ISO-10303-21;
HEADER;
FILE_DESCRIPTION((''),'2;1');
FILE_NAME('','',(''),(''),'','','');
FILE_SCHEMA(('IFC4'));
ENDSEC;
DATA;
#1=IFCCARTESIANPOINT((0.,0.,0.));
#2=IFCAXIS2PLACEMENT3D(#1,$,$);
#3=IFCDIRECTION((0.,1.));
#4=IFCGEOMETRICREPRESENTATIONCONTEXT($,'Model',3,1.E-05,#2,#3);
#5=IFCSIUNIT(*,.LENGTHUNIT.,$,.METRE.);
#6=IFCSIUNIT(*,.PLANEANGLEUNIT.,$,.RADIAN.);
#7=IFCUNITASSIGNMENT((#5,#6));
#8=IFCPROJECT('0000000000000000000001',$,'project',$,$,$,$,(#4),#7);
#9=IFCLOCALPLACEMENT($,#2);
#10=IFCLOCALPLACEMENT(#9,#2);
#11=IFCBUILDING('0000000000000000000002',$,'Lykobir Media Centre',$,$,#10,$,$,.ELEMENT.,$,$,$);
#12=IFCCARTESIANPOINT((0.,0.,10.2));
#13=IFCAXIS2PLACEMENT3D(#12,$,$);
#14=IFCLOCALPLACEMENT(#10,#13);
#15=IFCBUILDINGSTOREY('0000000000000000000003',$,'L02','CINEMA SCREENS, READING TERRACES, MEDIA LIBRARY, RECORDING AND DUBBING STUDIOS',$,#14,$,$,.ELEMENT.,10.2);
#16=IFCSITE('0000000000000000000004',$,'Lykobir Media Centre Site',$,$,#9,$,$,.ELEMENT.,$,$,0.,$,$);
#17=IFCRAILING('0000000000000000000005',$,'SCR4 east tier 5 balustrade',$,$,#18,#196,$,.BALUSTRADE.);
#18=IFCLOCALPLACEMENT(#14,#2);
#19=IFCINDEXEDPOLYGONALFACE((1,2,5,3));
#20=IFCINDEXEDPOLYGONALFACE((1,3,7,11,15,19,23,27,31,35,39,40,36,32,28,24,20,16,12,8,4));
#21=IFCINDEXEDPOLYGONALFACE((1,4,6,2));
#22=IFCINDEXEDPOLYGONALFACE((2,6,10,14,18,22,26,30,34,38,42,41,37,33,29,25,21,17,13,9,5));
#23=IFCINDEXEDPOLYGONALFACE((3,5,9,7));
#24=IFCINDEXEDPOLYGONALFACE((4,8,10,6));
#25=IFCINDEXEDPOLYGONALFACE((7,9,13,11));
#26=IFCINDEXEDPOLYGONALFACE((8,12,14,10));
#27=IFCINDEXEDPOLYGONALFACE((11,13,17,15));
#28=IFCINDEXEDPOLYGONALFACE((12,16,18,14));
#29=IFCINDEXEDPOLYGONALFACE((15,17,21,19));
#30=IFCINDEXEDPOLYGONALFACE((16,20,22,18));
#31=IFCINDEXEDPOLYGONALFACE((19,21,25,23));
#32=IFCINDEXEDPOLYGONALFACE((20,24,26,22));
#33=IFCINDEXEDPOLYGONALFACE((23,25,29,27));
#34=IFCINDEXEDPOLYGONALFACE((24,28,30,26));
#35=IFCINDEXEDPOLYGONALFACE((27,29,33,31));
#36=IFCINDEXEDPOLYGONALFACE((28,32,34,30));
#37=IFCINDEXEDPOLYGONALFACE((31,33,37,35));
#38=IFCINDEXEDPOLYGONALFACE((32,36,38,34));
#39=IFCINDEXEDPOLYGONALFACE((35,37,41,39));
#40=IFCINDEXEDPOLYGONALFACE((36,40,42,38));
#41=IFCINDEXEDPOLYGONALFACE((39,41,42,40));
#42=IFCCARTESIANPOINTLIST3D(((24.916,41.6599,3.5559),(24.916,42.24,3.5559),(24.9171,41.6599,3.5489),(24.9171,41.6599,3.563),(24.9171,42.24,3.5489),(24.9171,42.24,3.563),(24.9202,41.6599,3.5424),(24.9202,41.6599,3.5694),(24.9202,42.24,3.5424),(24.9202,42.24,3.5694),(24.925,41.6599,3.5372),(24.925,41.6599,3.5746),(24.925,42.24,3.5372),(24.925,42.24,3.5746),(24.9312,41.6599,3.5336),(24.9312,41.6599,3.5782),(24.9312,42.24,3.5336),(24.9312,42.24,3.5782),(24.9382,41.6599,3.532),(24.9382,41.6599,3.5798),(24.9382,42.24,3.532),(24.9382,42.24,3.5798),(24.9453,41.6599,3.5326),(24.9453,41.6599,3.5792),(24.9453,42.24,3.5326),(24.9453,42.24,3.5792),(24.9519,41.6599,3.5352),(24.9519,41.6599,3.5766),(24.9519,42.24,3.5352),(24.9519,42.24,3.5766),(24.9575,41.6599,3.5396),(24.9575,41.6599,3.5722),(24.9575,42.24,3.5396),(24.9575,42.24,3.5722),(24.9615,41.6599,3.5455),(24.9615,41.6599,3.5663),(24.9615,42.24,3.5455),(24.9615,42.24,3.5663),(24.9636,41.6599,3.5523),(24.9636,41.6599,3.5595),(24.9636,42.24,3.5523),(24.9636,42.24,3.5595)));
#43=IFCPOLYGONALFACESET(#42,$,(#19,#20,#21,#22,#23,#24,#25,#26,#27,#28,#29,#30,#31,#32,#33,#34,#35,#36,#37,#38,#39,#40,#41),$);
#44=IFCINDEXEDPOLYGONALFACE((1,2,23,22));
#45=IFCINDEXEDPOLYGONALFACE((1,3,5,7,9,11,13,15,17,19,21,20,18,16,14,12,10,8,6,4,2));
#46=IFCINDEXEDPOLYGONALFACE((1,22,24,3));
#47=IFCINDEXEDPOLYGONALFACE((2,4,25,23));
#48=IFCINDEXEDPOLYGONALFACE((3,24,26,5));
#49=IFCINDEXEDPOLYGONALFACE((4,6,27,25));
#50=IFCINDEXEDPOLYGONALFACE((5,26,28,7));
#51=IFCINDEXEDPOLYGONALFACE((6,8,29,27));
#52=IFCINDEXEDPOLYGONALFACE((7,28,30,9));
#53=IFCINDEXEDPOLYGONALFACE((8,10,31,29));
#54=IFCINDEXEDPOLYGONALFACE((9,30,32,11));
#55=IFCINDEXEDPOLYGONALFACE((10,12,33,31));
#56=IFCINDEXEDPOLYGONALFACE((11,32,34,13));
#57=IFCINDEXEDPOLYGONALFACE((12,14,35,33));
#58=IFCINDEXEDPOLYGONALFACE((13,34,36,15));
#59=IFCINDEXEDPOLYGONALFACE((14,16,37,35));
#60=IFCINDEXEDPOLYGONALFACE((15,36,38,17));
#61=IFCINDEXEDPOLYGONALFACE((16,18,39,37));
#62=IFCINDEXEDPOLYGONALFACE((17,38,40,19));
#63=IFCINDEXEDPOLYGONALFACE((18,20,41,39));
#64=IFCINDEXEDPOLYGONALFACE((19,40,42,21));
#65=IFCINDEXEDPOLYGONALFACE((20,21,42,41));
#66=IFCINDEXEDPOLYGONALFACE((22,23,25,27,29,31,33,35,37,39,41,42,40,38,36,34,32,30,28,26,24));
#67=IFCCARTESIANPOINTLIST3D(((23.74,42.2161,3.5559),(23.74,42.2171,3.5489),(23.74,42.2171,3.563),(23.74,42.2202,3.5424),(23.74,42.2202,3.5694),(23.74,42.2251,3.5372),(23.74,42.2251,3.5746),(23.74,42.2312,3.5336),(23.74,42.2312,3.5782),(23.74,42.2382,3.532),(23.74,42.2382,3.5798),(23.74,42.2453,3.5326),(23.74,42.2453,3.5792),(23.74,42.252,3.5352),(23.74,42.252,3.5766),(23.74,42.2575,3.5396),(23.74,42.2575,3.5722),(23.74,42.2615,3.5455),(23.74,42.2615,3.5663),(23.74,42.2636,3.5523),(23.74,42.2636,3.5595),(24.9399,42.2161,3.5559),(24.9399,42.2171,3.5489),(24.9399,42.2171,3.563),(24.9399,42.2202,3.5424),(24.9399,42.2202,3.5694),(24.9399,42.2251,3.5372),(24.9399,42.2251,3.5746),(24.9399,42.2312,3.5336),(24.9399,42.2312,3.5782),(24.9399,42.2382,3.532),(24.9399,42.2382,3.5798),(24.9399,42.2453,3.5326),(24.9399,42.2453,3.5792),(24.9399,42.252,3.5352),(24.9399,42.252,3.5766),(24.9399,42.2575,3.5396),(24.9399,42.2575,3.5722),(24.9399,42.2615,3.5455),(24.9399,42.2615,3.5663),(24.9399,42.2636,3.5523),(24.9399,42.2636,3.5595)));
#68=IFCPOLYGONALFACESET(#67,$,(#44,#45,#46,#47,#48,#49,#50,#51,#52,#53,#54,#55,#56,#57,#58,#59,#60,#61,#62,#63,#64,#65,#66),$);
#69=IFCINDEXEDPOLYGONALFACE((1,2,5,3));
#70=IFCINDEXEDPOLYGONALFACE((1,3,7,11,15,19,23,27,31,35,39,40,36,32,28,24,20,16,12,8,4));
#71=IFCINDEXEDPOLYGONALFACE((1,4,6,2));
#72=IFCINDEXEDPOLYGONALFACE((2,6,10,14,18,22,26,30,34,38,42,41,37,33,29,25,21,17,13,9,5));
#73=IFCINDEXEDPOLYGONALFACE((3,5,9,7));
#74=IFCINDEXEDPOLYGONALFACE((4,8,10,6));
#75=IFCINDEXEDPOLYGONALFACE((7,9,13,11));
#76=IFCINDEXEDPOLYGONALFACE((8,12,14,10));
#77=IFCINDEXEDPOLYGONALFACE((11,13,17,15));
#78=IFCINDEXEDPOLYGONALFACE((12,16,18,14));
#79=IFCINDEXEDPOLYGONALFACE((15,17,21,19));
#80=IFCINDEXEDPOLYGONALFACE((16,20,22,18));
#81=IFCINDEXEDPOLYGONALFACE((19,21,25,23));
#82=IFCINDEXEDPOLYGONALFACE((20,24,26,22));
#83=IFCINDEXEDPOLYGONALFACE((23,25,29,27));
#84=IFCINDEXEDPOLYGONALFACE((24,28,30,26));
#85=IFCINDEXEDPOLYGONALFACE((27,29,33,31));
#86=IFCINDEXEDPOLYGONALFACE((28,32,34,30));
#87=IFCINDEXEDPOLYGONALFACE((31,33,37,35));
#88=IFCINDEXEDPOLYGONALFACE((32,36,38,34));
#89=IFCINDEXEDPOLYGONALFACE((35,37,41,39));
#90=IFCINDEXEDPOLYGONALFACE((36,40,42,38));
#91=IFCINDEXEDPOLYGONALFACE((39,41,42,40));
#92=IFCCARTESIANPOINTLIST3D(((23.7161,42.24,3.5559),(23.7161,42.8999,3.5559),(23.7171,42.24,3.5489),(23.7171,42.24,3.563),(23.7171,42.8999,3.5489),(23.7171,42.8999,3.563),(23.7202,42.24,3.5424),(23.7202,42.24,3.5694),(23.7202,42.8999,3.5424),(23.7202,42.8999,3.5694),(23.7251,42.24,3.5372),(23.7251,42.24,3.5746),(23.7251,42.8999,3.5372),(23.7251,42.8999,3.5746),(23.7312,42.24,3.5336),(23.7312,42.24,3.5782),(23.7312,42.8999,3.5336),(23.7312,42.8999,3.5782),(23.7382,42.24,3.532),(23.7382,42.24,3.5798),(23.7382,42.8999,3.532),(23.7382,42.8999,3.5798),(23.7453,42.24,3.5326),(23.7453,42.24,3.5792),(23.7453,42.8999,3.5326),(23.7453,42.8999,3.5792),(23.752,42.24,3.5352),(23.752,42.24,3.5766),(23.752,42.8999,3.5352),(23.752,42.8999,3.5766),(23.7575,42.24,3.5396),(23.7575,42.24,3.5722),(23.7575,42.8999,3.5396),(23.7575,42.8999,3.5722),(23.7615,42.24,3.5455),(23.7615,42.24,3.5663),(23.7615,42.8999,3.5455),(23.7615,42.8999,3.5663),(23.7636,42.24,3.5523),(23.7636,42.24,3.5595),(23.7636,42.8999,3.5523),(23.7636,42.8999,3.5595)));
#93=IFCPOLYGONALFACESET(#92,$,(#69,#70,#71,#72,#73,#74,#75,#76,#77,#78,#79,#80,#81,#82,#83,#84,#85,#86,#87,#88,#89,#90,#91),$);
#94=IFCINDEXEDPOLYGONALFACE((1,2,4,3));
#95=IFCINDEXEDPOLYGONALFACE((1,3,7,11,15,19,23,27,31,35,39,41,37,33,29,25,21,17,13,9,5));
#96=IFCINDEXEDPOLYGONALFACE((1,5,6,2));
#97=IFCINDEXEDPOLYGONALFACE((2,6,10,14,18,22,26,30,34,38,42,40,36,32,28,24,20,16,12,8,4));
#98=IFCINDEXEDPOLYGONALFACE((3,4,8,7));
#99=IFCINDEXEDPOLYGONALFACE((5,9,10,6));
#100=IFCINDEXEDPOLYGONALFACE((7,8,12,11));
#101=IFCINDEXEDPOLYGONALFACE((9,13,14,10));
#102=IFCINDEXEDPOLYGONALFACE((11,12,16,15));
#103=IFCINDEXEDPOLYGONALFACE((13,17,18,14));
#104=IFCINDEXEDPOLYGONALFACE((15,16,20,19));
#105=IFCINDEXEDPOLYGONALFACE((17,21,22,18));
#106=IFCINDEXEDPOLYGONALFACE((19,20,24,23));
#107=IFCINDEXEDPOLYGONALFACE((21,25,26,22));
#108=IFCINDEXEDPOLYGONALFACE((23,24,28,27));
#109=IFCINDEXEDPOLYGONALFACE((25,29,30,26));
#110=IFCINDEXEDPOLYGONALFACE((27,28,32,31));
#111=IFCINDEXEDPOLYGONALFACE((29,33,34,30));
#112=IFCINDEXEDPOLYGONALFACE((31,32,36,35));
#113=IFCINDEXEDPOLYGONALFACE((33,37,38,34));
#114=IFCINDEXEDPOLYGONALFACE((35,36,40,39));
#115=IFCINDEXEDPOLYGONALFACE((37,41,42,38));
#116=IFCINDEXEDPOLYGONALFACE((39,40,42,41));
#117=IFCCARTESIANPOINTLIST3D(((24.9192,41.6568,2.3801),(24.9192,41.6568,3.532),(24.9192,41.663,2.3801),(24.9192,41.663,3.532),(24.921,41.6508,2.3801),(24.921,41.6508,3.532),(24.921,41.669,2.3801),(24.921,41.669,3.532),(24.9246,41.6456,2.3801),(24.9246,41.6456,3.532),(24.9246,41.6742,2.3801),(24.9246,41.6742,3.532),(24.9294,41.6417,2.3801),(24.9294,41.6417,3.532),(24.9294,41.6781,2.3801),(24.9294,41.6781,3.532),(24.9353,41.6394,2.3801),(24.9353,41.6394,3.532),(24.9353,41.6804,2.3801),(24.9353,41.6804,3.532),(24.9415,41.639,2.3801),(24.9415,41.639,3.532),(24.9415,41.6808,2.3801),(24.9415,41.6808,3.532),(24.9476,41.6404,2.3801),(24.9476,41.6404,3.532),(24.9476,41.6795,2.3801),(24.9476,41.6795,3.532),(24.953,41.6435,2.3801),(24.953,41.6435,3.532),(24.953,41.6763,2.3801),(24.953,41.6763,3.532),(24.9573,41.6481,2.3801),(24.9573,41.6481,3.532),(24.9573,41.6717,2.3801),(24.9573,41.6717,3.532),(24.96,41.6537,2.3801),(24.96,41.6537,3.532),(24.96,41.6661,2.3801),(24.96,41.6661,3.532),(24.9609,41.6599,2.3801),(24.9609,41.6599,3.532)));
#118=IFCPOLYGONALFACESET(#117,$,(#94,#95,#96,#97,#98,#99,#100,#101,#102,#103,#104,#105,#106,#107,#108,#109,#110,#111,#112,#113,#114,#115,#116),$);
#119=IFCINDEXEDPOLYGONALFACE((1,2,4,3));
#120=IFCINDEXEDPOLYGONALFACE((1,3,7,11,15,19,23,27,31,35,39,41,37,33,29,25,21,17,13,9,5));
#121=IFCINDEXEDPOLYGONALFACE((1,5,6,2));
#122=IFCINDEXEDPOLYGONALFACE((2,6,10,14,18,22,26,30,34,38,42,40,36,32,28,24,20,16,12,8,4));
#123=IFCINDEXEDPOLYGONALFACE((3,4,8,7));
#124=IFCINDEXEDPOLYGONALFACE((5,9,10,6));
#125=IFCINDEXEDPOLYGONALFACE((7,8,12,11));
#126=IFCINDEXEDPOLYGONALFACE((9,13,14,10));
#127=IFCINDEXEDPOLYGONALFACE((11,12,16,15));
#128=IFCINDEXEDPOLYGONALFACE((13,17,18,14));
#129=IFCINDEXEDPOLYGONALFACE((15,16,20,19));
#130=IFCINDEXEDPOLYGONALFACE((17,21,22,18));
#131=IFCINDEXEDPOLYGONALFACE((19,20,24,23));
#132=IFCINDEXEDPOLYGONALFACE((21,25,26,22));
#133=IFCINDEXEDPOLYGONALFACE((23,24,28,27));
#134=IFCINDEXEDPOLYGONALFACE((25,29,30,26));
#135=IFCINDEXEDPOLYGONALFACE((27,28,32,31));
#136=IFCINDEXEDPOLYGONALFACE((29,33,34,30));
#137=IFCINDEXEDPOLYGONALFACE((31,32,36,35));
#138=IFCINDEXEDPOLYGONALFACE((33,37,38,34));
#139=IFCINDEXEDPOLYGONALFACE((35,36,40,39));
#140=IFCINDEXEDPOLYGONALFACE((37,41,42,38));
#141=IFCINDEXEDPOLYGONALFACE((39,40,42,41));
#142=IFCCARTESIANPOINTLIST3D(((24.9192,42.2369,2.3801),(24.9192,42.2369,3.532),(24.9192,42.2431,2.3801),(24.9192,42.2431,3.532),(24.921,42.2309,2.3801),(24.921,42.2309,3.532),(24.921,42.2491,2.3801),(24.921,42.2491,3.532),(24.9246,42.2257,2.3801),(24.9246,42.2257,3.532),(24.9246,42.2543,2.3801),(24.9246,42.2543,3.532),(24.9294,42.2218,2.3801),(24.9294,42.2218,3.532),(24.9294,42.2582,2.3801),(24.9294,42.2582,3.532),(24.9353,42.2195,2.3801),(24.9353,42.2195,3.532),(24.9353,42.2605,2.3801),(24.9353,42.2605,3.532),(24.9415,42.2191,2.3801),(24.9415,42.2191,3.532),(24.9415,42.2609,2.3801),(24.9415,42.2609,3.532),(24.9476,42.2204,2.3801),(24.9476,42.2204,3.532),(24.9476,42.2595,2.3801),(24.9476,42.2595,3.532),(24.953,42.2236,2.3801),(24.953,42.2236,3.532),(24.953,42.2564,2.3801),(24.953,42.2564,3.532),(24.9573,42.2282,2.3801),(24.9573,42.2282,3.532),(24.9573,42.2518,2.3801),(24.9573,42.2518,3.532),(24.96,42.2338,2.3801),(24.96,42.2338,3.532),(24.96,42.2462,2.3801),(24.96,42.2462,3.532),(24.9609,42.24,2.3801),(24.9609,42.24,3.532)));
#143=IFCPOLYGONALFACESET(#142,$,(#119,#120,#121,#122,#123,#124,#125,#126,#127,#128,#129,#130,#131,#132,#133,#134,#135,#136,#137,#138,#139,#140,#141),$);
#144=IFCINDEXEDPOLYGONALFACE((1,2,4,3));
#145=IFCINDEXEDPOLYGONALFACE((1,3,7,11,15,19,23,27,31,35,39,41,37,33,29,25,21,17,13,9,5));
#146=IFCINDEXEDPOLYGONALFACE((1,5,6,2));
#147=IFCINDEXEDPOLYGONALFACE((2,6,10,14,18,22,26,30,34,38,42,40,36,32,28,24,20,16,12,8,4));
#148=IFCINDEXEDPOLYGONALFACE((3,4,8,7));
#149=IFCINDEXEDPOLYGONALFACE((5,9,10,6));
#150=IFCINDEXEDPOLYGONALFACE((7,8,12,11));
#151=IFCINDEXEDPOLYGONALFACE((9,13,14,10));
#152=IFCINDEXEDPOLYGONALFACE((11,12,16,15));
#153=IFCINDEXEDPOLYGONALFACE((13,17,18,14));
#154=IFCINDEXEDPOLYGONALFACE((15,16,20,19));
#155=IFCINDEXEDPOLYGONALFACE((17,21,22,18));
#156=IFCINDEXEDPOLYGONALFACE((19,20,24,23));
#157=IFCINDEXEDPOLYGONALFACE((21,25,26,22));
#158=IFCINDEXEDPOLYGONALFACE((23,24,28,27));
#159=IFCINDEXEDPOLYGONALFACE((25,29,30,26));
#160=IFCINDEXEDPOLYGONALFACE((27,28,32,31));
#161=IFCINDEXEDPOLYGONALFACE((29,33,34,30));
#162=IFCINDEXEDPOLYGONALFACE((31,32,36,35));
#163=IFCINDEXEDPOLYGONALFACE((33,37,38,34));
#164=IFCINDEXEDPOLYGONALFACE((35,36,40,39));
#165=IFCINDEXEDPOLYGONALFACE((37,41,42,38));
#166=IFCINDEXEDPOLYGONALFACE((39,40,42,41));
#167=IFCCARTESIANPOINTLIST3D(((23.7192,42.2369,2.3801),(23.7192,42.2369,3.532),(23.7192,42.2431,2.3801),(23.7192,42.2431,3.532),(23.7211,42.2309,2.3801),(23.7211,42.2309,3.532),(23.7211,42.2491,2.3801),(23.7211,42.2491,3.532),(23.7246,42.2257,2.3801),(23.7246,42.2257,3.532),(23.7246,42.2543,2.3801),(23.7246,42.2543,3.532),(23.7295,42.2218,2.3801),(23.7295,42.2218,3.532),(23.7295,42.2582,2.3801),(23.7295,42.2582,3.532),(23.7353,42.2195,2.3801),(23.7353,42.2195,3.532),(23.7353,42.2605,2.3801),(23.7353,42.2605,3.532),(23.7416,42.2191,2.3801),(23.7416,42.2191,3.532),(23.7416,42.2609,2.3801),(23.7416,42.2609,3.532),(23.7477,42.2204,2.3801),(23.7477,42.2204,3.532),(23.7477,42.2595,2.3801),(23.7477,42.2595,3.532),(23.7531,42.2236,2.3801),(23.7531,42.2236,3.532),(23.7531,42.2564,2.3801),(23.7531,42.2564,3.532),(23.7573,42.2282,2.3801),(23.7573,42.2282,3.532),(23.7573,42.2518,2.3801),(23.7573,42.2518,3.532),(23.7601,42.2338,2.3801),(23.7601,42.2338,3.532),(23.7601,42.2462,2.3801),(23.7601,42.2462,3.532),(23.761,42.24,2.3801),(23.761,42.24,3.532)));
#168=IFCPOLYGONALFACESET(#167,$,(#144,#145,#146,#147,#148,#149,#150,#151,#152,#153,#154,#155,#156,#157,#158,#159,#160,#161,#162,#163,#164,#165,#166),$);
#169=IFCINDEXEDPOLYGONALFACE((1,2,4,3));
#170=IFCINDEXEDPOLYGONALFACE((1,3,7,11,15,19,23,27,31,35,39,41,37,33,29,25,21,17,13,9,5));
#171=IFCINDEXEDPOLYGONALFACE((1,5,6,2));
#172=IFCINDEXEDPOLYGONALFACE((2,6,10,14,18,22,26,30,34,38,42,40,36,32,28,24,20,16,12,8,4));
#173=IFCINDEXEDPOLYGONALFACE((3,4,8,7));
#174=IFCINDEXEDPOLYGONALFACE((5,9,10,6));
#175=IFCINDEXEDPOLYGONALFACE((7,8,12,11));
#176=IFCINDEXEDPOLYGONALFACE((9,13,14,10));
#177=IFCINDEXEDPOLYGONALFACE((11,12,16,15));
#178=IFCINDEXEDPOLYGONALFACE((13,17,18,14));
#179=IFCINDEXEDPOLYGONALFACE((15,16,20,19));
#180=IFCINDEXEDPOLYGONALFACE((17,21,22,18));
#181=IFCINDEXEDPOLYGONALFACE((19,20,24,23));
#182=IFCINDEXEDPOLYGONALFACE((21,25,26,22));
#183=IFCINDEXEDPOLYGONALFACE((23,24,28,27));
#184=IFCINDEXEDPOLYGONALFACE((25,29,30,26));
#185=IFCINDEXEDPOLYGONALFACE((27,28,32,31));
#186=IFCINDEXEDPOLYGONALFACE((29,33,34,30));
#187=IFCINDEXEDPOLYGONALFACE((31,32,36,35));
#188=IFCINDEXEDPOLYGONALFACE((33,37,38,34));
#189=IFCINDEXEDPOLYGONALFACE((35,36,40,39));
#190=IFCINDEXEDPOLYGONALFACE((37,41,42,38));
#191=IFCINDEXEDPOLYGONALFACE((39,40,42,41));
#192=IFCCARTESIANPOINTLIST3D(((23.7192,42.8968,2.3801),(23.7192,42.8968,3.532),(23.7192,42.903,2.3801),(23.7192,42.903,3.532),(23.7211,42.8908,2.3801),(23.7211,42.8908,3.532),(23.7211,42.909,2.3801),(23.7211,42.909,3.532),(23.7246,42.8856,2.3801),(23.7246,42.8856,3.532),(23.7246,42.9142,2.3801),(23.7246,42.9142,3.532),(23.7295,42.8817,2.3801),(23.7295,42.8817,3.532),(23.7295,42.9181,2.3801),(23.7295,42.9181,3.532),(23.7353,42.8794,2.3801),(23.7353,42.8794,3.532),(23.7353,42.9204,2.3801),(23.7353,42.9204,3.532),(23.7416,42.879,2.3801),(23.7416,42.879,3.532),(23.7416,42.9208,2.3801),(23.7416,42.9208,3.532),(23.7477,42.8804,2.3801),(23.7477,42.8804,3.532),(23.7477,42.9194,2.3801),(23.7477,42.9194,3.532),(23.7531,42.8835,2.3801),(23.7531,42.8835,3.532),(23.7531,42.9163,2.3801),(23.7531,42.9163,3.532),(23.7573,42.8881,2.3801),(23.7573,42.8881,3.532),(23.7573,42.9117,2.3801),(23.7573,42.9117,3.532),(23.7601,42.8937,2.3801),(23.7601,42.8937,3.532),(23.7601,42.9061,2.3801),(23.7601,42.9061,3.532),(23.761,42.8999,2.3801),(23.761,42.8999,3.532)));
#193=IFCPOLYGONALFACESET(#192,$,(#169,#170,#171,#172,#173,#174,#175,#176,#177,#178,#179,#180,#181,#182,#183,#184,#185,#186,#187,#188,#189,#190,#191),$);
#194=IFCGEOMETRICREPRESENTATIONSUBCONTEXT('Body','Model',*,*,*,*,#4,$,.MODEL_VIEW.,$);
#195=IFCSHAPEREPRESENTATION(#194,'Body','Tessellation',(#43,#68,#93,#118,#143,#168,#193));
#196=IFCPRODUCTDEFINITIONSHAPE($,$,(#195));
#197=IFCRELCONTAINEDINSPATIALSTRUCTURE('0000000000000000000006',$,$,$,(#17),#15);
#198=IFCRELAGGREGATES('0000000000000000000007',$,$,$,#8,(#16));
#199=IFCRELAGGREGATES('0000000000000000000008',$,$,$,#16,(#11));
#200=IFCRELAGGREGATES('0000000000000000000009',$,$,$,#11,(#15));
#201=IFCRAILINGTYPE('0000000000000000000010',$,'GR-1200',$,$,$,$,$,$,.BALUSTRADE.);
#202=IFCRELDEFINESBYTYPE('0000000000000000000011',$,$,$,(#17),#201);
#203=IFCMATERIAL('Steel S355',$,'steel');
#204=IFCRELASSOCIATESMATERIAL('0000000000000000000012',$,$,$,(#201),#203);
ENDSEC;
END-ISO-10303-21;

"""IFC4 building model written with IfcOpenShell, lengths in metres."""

from ifc_helpers import new_model, si_unit, direction, frame, origin, origin_2d, place, context, subcontext, project, spatial, circle, extrude, material, type_object, element, save


model = new_model("IFC4")

# Units and contexts
model_context = context("Model", 3, precision=1e-05, world=origin(), true_north=direction((0.0, 1.0)))
body_context = subcontext(model_context, "Body", "Model", "MODEL_VIEW")
ifc_project = project(units=[si_unit("LENGTHUNIT", "METRE"), si_unit("PLANEANGLEUNIT", "RADIAN")], contexts=[model_context])

# Site, building, storey
site_placement = place(None, origin())
site = spatial("IfcSite", under=ifc_project, at=site_placement, Name="Lykobir Media Centre Site", CompositionType="ELEMENT", RefElevation=0.0)
building_placement = place(site_placement, origin())
building = spatial("IfcBuilding", under=site, at=building_placement, Name="Lykobir Media Centre", CompositionType="ELEMENT")
storey_placement = place(building_placement, frame((0.0, 0.0, 10.2)))
storey = spatial("IfcBuildingStorey", under=building, at=storey_placement, Name="L02", Description="CINEMA SCREENS, READING TERRACES, MEDIA LIBRARY, RECORDING AND DUBBING STUDIOS", CompositionType="ELEMENT", Elevation=10.2)

# Shared definitions
ifc_material_1 = material(Name="Steel S355", Category="steel")

# Railing
railing_type = type_object("IfcRailingType", Name="GR-1200", PredefinedType="BALUSTRADE", material=ifc_material_1)
for number, where, name in (
    (1, (24.9399, 41.6599, 2.3801), "SCR4 east tier 5 balustrade"),
):
    element("IfcRailing", number, at=place(storey_placement, frame(where)), inside=storey, type_object=railing_type, Name=name, PredefinedType="BALUSTRADE", context=body_context, shape_type="SweptSolid", body=[
        extrude(circle(Radius=0.0239, at=origin_2d()), frame((0.0, 0.0, 1.1758), z_axis=(0.0, 1.0, 0.0), x_axis=(-1.0, 0.0, 0.0)), (0.0, 0.0, 1.0), 0.5801),
        extrude(circle(Radius=0.0239, at=origin_2d()), frame((0.0, 0.5801, 1.1758), z_axis=(-1.0, 0.0, 0.0), x_axis=(0.0, -1.0, 0.0)), (0.0, 0.0, 1.0), 1.2),
        extrude(circle(Radius=0.0239, at=origin_2d()), frame((-1.2, 0.5801, 1.1758), z_axis=(0.0, 1.0, 0.0), x_axis=(-1.0, 0.0, 0.0)), (0.0, 0.0, 1.0), 0.6599),
        extrude(circle(Radius=0.021, at=origin_2d()), origin(), (0.0, 0.0, 1.0), 1.1519),
        extrude(circle(Radius=0.021, at=origin_2d()), frame((0.0, 0.5801, 0.0)), (0.0, 0.0, 1.0), 1.1519),
        extrude(circle(Radius=0.021, at=origin_2d()), frame((-1.2, 0.5801, 0.0)), (0.0, 0.0, 1.0), 1.1519),
        extrude(circle(Radius=0.021, at=origin_2d()), frame((-1.2, 1.24, 0.0)), (0.0, 0.0, 1.0), 1.1519),
    ])

save(model, "model.ifc")
